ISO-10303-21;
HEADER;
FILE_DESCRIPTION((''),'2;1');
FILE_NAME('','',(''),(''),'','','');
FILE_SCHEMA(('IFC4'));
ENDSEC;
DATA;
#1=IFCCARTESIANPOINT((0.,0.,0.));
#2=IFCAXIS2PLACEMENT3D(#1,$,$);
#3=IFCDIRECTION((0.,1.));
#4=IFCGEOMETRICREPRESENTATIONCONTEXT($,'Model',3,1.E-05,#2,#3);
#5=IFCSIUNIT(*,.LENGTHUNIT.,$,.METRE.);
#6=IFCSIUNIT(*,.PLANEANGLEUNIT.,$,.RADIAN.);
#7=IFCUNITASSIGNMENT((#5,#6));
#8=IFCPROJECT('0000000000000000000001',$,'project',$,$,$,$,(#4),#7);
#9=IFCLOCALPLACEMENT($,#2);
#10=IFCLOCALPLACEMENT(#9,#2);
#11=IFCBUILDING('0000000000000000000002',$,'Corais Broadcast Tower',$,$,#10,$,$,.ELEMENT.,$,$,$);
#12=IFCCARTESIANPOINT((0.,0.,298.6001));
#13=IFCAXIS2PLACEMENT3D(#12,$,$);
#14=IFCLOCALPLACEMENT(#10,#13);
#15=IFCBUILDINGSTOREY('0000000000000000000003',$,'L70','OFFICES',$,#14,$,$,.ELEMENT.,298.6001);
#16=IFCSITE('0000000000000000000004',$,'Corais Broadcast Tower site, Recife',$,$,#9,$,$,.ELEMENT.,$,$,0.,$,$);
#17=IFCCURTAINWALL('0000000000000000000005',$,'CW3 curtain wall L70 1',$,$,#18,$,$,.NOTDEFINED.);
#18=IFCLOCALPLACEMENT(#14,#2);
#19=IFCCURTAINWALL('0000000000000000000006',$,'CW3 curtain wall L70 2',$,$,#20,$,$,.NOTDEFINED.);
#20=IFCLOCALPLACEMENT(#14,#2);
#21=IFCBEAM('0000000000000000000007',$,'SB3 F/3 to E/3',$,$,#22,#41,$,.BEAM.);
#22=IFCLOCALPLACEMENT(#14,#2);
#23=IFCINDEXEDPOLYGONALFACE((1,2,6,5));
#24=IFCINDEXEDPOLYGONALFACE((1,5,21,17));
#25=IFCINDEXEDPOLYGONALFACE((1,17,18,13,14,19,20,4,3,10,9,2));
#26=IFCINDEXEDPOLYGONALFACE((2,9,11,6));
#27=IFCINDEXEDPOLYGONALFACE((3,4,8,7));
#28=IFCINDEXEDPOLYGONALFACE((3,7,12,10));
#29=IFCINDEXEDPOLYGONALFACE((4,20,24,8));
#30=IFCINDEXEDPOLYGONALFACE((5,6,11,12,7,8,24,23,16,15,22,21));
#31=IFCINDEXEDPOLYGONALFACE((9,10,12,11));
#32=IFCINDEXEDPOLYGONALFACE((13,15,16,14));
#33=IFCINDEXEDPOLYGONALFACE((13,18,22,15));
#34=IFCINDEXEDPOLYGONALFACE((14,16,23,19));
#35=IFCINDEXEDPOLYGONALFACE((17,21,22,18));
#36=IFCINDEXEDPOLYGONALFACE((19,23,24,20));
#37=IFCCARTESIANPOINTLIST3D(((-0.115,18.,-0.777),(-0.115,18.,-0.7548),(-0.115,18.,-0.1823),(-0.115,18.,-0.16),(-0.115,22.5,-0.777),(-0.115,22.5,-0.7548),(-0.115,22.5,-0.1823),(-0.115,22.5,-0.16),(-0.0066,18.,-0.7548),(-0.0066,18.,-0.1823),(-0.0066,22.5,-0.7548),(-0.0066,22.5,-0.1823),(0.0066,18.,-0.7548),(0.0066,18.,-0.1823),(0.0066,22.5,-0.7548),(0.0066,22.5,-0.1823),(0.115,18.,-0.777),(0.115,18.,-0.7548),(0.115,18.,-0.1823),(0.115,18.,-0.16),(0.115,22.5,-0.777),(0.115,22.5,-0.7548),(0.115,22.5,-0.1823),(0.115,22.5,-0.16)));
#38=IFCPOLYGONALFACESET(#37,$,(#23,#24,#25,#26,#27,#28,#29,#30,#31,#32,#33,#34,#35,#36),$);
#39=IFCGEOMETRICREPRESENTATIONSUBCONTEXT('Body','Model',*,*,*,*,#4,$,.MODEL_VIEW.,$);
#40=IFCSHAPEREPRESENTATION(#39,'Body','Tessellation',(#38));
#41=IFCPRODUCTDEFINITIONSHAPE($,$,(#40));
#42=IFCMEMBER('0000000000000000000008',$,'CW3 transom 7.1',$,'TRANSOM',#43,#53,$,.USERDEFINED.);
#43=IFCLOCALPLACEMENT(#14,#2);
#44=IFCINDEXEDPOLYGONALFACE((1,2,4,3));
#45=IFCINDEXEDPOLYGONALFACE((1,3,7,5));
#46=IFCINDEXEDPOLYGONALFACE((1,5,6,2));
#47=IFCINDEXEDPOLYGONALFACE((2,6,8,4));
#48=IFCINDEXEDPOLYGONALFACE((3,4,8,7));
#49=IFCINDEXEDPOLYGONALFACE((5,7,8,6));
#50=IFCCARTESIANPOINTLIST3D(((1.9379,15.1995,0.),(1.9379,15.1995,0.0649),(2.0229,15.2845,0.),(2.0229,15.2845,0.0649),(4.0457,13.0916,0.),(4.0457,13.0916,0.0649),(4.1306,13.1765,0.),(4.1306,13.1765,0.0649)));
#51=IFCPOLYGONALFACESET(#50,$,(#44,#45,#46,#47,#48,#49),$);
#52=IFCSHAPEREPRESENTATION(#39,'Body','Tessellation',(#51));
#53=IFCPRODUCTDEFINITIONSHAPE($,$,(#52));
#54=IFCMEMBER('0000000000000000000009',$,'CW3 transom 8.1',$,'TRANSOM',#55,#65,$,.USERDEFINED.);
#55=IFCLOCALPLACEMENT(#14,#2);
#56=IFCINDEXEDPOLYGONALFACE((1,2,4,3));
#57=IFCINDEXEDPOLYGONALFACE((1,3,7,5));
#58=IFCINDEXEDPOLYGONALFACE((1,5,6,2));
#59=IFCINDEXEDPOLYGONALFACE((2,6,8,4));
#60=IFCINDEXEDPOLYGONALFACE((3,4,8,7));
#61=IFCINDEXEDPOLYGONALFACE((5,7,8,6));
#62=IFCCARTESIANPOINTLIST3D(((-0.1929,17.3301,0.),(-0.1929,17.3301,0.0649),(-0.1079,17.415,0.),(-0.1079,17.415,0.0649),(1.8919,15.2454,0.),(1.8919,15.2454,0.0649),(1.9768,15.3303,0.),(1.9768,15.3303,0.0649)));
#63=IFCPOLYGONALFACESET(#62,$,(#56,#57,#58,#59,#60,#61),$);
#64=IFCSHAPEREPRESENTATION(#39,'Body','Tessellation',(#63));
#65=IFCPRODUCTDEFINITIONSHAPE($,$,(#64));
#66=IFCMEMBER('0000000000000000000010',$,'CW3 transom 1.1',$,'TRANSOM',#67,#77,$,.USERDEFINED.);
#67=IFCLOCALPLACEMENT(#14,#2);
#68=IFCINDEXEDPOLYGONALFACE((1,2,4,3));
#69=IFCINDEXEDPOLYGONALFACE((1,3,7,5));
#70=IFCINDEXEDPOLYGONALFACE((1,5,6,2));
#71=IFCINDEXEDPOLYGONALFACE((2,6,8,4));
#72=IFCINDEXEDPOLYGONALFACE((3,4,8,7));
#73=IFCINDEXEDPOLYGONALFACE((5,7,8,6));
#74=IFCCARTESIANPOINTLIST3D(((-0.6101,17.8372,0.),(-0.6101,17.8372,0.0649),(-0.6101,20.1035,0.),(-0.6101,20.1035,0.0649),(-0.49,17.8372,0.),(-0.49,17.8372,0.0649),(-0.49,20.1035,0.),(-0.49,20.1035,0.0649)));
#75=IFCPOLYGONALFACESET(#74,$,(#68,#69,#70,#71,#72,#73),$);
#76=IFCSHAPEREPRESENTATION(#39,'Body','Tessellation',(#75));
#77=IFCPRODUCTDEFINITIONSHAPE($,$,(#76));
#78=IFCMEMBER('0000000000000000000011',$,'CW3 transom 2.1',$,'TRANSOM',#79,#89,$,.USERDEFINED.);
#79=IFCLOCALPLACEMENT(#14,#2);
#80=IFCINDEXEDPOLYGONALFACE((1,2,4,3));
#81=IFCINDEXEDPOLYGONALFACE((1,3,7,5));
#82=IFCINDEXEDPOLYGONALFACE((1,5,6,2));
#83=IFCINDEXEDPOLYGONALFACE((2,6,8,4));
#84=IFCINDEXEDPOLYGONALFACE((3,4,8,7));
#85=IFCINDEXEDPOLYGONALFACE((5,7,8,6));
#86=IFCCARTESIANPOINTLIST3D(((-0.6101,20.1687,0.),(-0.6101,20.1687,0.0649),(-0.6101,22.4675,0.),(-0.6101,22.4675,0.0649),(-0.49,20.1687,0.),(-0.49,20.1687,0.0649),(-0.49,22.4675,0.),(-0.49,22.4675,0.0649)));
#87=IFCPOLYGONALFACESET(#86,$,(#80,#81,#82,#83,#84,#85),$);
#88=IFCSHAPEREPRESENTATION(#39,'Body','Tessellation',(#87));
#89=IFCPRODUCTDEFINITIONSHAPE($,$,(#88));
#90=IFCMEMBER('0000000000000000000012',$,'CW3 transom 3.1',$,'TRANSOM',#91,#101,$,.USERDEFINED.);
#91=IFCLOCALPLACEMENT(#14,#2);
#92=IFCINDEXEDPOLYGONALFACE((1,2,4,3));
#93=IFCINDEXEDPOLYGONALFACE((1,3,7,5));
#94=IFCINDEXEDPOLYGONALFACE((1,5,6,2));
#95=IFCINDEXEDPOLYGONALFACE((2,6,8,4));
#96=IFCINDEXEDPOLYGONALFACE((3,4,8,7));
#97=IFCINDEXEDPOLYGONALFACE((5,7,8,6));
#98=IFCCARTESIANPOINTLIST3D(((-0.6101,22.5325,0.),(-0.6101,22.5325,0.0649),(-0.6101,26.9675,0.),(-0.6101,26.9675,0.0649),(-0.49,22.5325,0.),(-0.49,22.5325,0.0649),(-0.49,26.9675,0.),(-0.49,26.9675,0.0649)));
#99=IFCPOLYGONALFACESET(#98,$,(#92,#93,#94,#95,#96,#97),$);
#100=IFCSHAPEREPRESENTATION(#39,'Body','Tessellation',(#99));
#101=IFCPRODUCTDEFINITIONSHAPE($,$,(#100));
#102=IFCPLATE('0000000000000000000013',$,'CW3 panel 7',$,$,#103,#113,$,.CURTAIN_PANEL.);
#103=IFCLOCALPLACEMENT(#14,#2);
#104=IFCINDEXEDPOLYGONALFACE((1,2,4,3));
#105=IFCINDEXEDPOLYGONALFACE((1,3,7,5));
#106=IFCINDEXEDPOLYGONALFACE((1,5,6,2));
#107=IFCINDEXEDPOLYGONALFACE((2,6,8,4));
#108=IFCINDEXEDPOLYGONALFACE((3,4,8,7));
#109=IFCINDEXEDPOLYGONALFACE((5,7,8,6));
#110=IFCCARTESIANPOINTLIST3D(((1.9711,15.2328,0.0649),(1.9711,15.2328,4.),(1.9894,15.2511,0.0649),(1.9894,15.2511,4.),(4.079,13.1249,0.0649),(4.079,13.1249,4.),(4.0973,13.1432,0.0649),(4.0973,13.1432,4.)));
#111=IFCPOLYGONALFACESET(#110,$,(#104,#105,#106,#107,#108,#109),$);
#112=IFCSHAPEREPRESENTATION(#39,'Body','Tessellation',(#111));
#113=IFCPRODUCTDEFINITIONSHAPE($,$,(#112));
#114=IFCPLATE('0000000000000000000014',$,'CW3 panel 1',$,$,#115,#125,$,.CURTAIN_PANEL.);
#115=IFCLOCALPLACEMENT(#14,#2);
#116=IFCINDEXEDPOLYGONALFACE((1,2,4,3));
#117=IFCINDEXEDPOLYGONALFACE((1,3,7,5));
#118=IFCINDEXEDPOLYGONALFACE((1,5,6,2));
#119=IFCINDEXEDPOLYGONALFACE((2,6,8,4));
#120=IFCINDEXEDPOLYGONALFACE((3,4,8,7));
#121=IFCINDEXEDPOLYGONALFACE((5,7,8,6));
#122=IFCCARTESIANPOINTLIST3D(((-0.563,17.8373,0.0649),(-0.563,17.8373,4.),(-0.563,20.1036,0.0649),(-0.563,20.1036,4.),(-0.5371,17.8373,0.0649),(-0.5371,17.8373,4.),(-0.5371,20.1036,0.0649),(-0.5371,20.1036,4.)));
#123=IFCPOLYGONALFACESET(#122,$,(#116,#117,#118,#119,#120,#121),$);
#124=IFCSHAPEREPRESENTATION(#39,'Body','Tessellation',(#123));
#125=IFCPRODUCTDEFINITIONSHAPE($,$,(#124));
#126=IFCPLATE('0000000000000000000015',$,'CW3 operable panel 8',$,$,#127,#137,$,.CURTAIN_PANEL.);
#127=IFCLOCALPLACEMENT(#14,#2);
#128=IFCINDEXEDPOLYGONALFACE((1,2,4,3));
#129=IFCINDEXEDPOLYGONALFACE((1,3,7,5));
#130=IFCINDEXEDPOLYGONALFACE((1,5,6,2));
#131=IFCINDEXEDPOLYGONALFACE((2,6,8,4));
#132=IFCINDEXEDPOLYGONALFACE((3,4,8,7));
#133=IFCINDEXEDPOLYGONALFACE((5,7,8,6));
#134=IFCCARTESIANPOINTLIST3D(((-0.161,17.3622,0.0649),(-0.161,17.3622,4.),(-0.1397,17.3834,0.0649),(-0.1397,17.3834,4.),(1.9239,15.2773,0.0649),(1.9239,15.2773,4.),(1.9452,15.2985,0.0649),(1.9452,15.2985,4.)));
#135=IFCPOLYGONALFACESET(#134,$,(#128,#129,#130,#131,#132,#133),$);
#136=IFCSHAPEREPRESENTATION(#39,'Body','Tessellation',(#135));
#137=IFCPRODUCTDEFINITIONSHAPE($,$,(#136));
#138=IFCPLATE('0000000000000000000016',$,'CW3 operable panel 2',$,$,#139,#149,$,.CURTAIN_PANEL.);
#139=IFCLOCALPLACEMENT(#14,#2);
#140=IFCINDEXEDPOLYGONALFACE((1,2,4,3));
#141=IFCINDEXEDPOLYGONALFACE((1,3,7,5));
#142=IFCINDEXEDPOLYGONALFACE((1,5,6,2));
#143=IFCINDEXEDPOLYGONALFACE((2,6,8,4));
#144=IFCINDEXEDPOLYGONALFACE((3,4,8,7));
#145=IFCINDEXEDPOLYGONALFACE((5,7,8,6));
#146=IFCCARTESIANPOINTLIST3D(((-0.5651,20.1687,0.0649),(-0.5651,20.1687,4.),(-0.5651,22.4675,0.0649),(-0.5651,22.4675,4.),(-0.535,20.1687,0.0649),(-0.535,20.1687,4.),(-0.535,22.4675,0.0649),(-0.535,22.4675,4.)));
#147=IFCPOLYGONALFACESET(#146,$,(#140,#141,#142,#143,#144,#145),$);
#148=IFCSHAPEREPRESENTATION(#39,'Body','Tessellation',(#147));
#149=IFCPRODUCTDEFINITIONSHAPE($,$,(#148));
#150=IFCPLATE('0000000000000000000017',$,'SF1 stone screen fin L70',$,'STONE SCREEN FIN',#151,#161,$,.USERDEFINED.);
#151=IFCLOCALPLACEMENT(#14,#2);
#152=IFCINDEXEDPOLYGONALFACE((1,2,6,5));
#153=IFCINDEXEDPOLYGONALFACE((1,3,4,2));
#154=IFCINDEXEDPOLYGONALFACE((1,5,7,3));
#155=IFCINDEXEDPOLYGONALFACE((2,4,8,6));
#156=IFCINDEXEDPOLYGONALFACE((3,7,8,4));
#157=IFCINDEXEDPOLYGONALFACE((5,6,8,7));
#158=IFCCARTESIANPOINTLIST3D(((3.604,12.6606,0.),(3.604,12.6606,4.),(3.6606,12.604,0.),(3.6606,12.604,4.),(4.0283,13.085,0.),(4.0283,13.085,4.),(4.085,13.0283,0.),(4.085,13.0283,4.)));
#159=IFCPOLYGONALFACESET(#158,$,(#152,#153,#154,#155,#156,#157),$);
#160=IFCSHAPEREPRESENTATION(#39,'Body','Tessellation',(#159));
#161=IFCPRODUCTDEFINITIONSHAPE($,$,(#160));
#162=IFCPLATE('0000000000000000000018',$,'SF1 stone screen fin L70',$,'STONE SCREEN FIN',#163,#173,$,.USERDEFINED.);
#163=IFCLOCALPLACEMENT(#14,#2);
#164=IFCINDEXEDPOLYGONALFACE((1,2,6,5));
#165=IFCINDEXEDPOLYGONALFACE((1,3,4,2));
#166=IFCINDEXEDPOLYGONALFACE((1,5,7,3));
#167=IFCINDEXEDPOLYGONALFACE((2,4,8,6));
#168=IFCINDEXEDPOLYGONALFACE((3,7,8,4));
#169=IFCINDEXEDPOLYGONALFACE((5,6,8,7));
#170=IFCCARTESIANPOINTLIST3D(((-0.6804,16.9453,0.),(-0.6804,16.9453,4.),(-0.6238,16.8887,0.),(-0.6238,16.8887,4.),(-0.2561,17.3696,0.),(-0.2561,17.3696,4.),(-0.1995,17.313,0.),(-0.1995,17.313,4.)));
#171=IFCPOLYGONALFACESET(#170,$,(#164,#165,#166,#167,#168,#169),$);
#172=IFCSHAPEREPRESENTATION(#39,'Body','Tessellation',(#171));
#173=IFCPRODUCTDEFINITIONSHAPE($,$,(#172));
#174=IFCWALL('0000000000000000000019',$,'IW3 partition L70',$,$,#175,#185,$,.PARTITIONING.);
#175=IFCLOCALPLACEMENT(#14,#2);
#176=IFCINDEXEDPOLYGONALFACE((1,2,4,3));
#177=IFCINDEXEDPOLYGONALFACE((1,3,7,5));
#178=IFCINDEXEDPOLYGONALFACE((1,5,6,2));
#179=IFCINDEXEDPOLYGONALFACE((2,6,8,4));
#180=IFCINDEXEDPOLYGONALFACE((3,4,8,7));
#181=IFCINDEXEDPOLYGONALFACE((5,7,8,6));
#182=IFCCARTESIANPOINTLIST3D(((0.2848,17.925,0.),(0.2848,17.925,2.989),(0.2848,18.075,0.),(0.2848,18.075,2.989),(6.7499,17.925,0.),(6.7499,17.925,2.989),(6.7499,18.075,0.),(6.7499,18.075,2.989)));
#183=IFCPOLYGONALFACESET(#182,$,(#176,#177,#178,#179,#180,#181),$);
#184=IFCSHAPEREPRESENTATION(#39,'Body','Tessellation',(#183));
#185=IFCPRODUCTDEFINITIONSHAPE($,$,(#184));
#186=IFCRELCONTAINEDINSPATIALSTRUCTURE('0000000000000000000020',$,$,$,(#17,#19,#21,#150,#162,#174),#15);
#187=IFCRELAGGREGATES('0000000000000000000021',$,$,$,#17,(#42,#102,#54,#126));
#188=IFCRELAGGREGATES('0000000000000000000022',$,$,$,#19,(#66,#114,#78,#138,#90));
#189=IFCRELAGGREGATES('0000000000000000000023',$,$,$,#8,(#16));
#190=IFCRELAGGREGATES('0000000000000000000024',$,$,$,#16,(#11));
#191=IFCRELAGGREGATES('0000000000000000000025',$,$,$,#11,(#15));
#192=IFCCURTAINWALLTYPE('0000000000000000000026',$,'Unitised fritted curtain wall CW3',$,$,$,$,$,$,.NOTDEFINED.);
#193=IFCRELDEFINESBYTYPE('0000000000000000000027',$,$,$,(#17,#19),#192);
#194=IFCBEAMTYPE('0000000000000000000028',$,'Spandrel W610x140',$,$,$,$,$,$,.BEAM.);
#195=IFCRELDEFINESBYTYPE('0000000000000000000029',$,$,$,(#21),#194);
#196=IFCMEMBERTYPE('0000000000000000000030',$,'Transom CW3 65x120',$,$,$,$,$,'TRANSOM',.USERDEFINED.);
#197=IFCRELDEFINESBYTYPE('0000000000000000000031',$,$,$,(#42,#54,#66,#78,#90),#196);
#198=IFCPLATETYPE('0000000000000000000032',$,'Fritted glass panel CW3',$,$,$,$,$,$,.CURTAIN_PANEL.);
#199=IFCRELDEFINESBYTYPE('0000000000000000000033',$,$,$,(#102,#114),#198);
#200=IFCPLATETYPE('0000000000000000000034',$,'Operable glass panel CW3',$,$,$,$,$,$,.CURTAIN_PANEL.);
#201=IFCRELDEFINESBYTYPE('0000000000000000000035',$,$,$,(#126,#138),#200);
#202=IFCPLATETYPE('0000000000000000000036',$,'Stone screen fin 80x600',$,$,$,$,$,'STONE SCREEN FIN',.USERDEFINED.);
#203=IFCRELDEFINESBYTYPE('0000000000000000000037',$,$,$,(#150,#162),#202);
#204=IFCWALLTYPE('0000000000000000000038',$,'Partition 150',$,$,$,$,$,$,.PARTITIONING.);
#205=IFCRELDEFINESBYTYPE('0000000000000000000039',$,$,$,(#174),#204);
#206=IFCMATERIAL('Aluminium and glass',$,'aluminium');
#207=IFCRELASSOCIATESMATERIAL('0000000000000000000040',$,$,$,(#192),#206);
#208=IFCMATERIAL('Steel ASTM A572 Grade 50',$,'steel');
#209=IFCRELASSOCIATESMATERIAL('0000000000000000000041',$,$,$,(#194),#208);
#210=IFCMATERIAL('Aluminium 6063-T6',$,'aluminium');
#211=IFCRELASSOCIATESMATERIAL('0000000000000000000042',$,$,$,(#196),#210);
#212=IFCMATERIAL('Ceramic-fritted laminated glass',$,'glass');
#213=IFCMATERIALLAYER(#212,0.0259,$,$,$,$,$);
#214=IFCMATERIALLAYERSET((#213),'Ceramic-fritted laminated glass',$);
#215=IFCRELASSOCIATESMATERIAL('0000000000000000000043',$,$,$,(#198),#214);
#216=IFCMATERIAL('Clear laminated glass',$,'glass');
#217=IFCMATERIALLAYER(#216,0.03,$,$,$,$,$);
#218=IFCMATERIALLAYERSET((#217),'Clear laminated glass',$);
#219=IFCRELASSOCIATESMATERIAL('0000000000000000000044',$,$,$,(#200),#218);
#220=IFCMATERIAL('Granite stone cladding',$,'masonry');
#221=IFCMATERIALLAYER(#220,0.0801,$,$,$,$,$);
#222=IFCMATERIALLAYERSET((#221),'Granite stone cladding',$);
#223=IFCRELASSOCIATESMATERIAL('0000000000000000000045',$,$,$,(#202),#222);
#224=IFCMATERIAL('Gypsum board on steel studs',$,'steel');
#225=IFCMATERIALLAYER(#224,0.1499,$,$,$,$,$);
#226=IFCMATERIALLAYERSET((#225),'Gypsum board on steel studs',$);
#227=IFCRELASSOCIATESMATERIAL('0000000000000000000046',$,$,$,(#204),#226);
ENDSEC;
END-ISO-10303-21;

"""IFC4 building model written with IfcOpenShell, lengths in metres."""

from ifc_helpers import new_model, si_unit, direction, frame, frame_2d, origin, origin_2d, place, context, subcontext, project, spatial, rectangle, i_section, extrude, material, layer, layer_set, material_profile, profile_set, type_object, element, aggregate, save


model = new_model("IFC4")

# Units and contexts
model_context = context("Model", 3, precision=1e-05, world=origin(), true_north=direction((0.0, 1.0)))
body_context = subcontext(model_context, "Body", "Model", "MODEL_VIEW")
ifc_project = project(units=[si_unit("LENGTHUNIT", "METRE"), si_unit("PLANEANGLEUNIT", "RADIAN")], contexts=[model_context])

# Site, building, storey
site_placement = place(None, origin())
site = spatial("IfcSite", under=ifc_project, at=site_placement, Name="Corais Broadcast Tower site, Recife", CompositionType="ELEMENT", RefElevation=0.0)
building_placement = place(site_placement, origin())
building = spatial("IfcBuilding", under=site, at=building_placement, Name="Corais Broadcast Tower", CompositionType="ELEMENT")
storey_placement = place(building_placement, frame((0.0, 0.0, 298.6001)))
storey = spatial("IfcBuildingStorey", under=building, at=storey_placement, Name="L70", Description="OFFICES", CompositionType="ELEMENT", Elevation=298.6001)

# Curtain walls
ifc_material_1 = material(Name="Aluminium and glass", Category="aluminium")
curtain_wall_type = type_object("IfcCurtainWallType", Name="Unitised fritted curtain wall CW3", PredefinedType="NOTDEFINED", material=ifc_material_1)
curtain_wall_1_placement = place(storey_placement, origin())
curtain_wall_1 = element("IfcCurtainWall", 1, at=curtain_wall_1_placement, inside=storey, type_object=curtain_wall_type, Name="CW3 curtain wall L70 1", PredefinedType="NOTDEFINED")
curtain_wall_2_placement = place(storey_placement, origin())
curtain_wall_2 = element("IfcCurtainWall", 2, at=curtain_wall_2_placement, inside=storey, type_object=curtain_wall_type, Name="CW3 curtain wall L70 2", PredefinedType="NOTDEFINED")

# Beam
ifc_material_2 = material(Name="Steel ASTM A572 Grade 50", Category="steel")
ifc_material_profile_1 = material_profile(ifc_material_2, i_section(OverallWidth=0.23, OverallDepth=0.6169, WebThickness=0.0132, FlangeThickness=0.0222, at=origin_2d()), Name="W610x140")
ifc_profile_set_1 = profile_set([ifc_material_profile_1], Name="Steel ASTM A572 Grade 50")
beam_type_1 = type_object("IfcBeamType", Name="Spandrel W610x140", PredefinedType="BEAM", material=ifc_profile_set_1)
beam_1_placement = place(storey_placement, frame((0.0, 22.5, -0.4685), z_axis=(0.0, -1.0, 0.0), x_axis=(1.0, 0.0, 0.0)))
element("IfcBeam", 3, at=beam_1_placement, inside=storey, type_object=beam_type_1, Name="SB3 F/3 to E/3", PredefinedType="BEAM", context=body_context, shape_type="SweptSolid", body=[
    extrude(i_section(OverallWidth=0.23, OverallDepth=0.6169, WebThickness=0.0132, FlangeThickness=0.0222, at=origin_2d()), origin(), (0.0, 0.0, 1.0), 4.5),
])

# Members
ifc_material_3 = material(Name="Aluminium 6063-T6", Category="aluminium")
ifc_material_profile_2 = material_profile(ifc_material_3, rectangle(XDim=0.1201, YDim=0.0649, at=origin_2d()), Name="Transom CW3 65x120")
ifc_profile_set_2 = profile_set([ifc_material_profile_2], Name="Aluminium 6063-T6")
member_type_1 = type_object("IfcMemberType", Name="Transom CW3 65x120", ElementType="TRANSOM", PredefinedType="USERDEFINED", material=ifc_profile_set_2)
member_1_placement = place(storey_placement, frame((4.0881, 13.134, 0.0325), z_axis=(-0.707066, 0.707148, 0.0), x_axis=(-0.707148, -0.707066, 0.0)))
member_1 = element("IfcMember", 4, at=member_1_placement, type_object=member_type_1, Name="CW3 transom 7.1", ObjectType="TRANSOM", PredefinedType="USERDEFINED", context=body_context, shape_type="SweptSolid", body=[
    extrude(rectangle(XDim=0.1201, YDim=0.0649, at=origin_2d()), origin(), (0.0, 0.0, 1.0), 2.981),
])
member_2_placement = place(storey_placement, frame((1.9343, 15.2878, 0.0325), z_axis=(-0.707107, 0.707107, 0.0), x_axis=(-0.707107, -0.707107, 0.0)))
member_2 = element("IfcMember", 5, at=member_2_placement, type_object=member_type_1, Name="CW3 transom 8.1", ObjectType="TRANSOM", PredefinedType="USERDEFINED", context=body_context, shape_type="SweptSolid", body=[
    extrude(rectangle(XDim=0.1201, YDim=0.0649, at=origin_2d()), origin(), (0.0, 0.0, 1.0), 2.9482),
])
member_3_placement = place(storey_placement, frame((-0.55, 17.8372, 0.0325), z_axis=(0.0, 1.0, 0.0), x_axis=(-1.0, 0.0, 0.0)))
member_3 = element("IfcMember", 6, at=member_3_placement, type_object=member_type_1, Name="CW3 transom 1.1", ObjectType="TRANSOM", PredefinedType="USERDEFINED", context=body_context, shape_type="SweptSolid", body=[
    extrude(rectangle(XDim=0.1201, YDim=0.0649, at=origin_2d()), origin(), (0.0, 0.0, 1.0), 2.2664),
])
member_4_placement = place(storey_placement, frame((-0.55, 20.1687, 0.0325), z_axis=(0.0, 1.0, 0.0), x_axis=(-1.0, 0.0, 0.0)))
member_4 = element("IfcMember", 7, at=member_4_placement, type_object=member_type_1, Name="CW3 transom 2.1", ObjectType="TRANSOM", PredefinedType="USERDEFINED", context=body_context, shape_type="SweptSolid", body=[
    extrude(rectangle(XDim=0.1201, YDim=0.0649, at=origin_2d()), origin(), (0.0, 0.0, 1.0), 2.2988),
])
member_5_placement = place(storey_placement, frame((-0.55, 22.5325, 0.0325), z_axis=(0.0, 1.0, 0.0), x_axis=(-1.0, 0.0, 0.0)))
member_5 = element("IfcMember", 8, at=member_5_placement, type_object=member_type_1, Name="CW3 transom 3.1", ObjectType="TRANSOM", PredefinedType="USERDEFINED", context=body_context, shape_type="SweptSolid", body=[
    extrude(rectangle(XDim=0.1201, YDim=0.0649, at=origin_2d()), origin(), (0.0, 0.0, 1.0), 4.4351),
])

# Plates
ifc_material_4 = material(Name="Ceramic-fritted laminated glass", Category="glass")
ifc_layer_1 = layer(ifc_material_4, 0.0259)
ifc_layer_set_1 = layer_set([ifc_layer_1], Name="Ceramic-fritted laminated glass")
plate_type_1 = type_object("IfcPlateType", Name="Fritted glass panel CW3", PredefinedType="CURTAIN_PANEL", material=ifc_layer_set_1)
plate_1_placement = place(storey_placement, frame((3.0342, 14.188, 0.0649), z_axis=(0.0, 0.0, 1.0), x_axis=(-0.707107, 0.707107, 0.0)))
plate_1 = element("IfcPlate", 9, at=plate_1_placement, type_object=plate_type_1, Name="CW3 panel 7", PredefinedType="CURTAIN_PANEL", context=body_context, shape_type="SweptSolid", body=[
    extrude(rectangle(XDim=2.981, YDim=0.0259, at=origin_2d()), origin(), (0.0, 0.0, 1.0), 3.9351),
])
plate_2_placement = place(storey_placement, frame((-0.55, 18.9705, 0.0649), z_axis=(0.0, 0.0, 1.0), x_axis=(0.0, 1.0, 0.0)))
plate_2 = element("IfcPlate", 10, at=plate_2_placement, type_object=plate_type_1, Name="CW3 panel 1", PredefinedType="CURTAIN_PANEL", context=body_context, shape_type="SweptSolid", body=[
    extrude(rectangle(XDim=2.2664, YDim=0.0259, at=origin_2d()), origin(), (0.0, 0.0, 1.0), 3.9351),
])
ifc_material_5 = material(Name="Clear laminated glass", Category="glass")
ifc_layer_2 = layer(ifc_material_5, 0.03)
ifc_layer_set_2 = layer_set([ifc_layer_2], Name="Clear laminated glass")
plate_type_2 = type_object("IfcPlateType", Name="Operable glass panel CW3", PredefinedType="CURTAIN_PANEL", material=ifc_layer_set_2)
plate_3_placement = place(storey_placement, frame((0.8921, 16.3303, 0.0649), z_axis=(0.0, 0.0, 1.0), x_axis=(-0.707107, 0.707107, 0.0)))
plate_3 = element("IfcPlate", 11, at=plate_3_placement, type_object=plate_type_2, Name="CW3 operable panel 8", PredefinedType="CURTAIN_PANEL", context=body_context, shape_type="SweptSolid", body=[
    extrude(rectangle(XDim=2.9485, YDim=0.03, at=origin_2d()), origin(), (0.0, 0.0, 1.0), 3.9351),
])
aggregate(curtain_wall_1, [member_1, plate_1, member_2, plate_3])
plate_4_placement = place(storey_placement, frame((-0.55, 21.3181, 0.0649), z_axis=(0.0, 0.0, 1.0), x_axis=(0.0, 1.0, 0.0)))
plate_4 = element("IfcPlate", 12, at=plate_4_placement, type_object=plate_type_2, Name="CW3 operable panel 2", PredefinedType="CURTAIN_PANEL", context=body_context, shape_type="SweptSolid", body=[
    extrude(rectangle(XDim=2.2988, YDim=0.03, at=origin_2d()), origin(), (0.0, 0.0, 1.0), 3.9351),
])
aggregate(curtain_wall_2, [member_3, plate_2, member_4, plate_4, member_5])

# Plates
ifc_material_6 = material(Name="Granite stone cladding", Category="masonry")
ifc_layer_3 = layer(ifc_material_6, 0.0801)
ifc_layer_set_3 = layer_set([ifc_layer_3], Name="Granite stone cladding")
plate_type_3 = type_object("IfcPlateType", Name="Stone screen fin 80x600", ElementType="STONE SCREEN FIN", PredefinedType="USERDEFINED", material=ifc_layer_set_3)
for number, where, z_axis, x_axis, name in (
    (13, (3.8445, 12.8445, 0.0), (0.0, 0.0, 1.0), (-0.707107, 0.707107, 0.0), "SF1 stone screen fin L70"),
    (14, (-0.4399, 17.1292, 0.0), (0.0, 0.0, 1.0), (-0.707107, 0.707107, 0.0), "SF1 stone screen fin L70"),
):
    element("IfcPlate", number, at=place(storey_placement, frame(where, z_axis=z_axis, x_axis=x_axis)), inside=storey, type_object=plate_type_3, Name=name, ObjectType="STONE SCREEN FIN", PredefinedType="USERDEFINED", context=body_context, shape_type="SweptSolid", body=[
        extrude(rectangle(XDim=0.0801, YDim=0.6001, at=origin_2d()), origin(), (0.0, 0.0, 1.0), 4.0),
    ])

# Wall
ifc_material_7 = material(Name="Gypsum board on steel studs", Category="steel")
ifc_layer_4 = layer(ifc_material_7, 0.1499)
ifc_layer_set_4 = layer_set([ifc_layer_4], Name="Gypsum board on steel studs")
wall_type = type_object("IfcWallType", Name="Partition 150", PredefinedType="PARTITIONING", material=ifc_layer_set_4)
wall_placement = place(storey_placement, frame((0.2849, 18.0, 0.0), z_axis=(0.0, 0.0, 1.0), x_axis=(1.0, 0.0, 0.0)))
element("IfcWall", 15, at=wall_placement, inside=storey, type_object=wall_type, Name="IW3 partition L70", PredefinedType="PARTITIONING", context=body_context, shape_type="SweptSolid", body=[
    extrude(rectangle(XDim=6.4651, YDim=0.1499, at=frame_2d((3.2324, 0.0))), origin(), (0.0, 0.0, 1.0), 2.989),
])

save(model, "model.ifc")
